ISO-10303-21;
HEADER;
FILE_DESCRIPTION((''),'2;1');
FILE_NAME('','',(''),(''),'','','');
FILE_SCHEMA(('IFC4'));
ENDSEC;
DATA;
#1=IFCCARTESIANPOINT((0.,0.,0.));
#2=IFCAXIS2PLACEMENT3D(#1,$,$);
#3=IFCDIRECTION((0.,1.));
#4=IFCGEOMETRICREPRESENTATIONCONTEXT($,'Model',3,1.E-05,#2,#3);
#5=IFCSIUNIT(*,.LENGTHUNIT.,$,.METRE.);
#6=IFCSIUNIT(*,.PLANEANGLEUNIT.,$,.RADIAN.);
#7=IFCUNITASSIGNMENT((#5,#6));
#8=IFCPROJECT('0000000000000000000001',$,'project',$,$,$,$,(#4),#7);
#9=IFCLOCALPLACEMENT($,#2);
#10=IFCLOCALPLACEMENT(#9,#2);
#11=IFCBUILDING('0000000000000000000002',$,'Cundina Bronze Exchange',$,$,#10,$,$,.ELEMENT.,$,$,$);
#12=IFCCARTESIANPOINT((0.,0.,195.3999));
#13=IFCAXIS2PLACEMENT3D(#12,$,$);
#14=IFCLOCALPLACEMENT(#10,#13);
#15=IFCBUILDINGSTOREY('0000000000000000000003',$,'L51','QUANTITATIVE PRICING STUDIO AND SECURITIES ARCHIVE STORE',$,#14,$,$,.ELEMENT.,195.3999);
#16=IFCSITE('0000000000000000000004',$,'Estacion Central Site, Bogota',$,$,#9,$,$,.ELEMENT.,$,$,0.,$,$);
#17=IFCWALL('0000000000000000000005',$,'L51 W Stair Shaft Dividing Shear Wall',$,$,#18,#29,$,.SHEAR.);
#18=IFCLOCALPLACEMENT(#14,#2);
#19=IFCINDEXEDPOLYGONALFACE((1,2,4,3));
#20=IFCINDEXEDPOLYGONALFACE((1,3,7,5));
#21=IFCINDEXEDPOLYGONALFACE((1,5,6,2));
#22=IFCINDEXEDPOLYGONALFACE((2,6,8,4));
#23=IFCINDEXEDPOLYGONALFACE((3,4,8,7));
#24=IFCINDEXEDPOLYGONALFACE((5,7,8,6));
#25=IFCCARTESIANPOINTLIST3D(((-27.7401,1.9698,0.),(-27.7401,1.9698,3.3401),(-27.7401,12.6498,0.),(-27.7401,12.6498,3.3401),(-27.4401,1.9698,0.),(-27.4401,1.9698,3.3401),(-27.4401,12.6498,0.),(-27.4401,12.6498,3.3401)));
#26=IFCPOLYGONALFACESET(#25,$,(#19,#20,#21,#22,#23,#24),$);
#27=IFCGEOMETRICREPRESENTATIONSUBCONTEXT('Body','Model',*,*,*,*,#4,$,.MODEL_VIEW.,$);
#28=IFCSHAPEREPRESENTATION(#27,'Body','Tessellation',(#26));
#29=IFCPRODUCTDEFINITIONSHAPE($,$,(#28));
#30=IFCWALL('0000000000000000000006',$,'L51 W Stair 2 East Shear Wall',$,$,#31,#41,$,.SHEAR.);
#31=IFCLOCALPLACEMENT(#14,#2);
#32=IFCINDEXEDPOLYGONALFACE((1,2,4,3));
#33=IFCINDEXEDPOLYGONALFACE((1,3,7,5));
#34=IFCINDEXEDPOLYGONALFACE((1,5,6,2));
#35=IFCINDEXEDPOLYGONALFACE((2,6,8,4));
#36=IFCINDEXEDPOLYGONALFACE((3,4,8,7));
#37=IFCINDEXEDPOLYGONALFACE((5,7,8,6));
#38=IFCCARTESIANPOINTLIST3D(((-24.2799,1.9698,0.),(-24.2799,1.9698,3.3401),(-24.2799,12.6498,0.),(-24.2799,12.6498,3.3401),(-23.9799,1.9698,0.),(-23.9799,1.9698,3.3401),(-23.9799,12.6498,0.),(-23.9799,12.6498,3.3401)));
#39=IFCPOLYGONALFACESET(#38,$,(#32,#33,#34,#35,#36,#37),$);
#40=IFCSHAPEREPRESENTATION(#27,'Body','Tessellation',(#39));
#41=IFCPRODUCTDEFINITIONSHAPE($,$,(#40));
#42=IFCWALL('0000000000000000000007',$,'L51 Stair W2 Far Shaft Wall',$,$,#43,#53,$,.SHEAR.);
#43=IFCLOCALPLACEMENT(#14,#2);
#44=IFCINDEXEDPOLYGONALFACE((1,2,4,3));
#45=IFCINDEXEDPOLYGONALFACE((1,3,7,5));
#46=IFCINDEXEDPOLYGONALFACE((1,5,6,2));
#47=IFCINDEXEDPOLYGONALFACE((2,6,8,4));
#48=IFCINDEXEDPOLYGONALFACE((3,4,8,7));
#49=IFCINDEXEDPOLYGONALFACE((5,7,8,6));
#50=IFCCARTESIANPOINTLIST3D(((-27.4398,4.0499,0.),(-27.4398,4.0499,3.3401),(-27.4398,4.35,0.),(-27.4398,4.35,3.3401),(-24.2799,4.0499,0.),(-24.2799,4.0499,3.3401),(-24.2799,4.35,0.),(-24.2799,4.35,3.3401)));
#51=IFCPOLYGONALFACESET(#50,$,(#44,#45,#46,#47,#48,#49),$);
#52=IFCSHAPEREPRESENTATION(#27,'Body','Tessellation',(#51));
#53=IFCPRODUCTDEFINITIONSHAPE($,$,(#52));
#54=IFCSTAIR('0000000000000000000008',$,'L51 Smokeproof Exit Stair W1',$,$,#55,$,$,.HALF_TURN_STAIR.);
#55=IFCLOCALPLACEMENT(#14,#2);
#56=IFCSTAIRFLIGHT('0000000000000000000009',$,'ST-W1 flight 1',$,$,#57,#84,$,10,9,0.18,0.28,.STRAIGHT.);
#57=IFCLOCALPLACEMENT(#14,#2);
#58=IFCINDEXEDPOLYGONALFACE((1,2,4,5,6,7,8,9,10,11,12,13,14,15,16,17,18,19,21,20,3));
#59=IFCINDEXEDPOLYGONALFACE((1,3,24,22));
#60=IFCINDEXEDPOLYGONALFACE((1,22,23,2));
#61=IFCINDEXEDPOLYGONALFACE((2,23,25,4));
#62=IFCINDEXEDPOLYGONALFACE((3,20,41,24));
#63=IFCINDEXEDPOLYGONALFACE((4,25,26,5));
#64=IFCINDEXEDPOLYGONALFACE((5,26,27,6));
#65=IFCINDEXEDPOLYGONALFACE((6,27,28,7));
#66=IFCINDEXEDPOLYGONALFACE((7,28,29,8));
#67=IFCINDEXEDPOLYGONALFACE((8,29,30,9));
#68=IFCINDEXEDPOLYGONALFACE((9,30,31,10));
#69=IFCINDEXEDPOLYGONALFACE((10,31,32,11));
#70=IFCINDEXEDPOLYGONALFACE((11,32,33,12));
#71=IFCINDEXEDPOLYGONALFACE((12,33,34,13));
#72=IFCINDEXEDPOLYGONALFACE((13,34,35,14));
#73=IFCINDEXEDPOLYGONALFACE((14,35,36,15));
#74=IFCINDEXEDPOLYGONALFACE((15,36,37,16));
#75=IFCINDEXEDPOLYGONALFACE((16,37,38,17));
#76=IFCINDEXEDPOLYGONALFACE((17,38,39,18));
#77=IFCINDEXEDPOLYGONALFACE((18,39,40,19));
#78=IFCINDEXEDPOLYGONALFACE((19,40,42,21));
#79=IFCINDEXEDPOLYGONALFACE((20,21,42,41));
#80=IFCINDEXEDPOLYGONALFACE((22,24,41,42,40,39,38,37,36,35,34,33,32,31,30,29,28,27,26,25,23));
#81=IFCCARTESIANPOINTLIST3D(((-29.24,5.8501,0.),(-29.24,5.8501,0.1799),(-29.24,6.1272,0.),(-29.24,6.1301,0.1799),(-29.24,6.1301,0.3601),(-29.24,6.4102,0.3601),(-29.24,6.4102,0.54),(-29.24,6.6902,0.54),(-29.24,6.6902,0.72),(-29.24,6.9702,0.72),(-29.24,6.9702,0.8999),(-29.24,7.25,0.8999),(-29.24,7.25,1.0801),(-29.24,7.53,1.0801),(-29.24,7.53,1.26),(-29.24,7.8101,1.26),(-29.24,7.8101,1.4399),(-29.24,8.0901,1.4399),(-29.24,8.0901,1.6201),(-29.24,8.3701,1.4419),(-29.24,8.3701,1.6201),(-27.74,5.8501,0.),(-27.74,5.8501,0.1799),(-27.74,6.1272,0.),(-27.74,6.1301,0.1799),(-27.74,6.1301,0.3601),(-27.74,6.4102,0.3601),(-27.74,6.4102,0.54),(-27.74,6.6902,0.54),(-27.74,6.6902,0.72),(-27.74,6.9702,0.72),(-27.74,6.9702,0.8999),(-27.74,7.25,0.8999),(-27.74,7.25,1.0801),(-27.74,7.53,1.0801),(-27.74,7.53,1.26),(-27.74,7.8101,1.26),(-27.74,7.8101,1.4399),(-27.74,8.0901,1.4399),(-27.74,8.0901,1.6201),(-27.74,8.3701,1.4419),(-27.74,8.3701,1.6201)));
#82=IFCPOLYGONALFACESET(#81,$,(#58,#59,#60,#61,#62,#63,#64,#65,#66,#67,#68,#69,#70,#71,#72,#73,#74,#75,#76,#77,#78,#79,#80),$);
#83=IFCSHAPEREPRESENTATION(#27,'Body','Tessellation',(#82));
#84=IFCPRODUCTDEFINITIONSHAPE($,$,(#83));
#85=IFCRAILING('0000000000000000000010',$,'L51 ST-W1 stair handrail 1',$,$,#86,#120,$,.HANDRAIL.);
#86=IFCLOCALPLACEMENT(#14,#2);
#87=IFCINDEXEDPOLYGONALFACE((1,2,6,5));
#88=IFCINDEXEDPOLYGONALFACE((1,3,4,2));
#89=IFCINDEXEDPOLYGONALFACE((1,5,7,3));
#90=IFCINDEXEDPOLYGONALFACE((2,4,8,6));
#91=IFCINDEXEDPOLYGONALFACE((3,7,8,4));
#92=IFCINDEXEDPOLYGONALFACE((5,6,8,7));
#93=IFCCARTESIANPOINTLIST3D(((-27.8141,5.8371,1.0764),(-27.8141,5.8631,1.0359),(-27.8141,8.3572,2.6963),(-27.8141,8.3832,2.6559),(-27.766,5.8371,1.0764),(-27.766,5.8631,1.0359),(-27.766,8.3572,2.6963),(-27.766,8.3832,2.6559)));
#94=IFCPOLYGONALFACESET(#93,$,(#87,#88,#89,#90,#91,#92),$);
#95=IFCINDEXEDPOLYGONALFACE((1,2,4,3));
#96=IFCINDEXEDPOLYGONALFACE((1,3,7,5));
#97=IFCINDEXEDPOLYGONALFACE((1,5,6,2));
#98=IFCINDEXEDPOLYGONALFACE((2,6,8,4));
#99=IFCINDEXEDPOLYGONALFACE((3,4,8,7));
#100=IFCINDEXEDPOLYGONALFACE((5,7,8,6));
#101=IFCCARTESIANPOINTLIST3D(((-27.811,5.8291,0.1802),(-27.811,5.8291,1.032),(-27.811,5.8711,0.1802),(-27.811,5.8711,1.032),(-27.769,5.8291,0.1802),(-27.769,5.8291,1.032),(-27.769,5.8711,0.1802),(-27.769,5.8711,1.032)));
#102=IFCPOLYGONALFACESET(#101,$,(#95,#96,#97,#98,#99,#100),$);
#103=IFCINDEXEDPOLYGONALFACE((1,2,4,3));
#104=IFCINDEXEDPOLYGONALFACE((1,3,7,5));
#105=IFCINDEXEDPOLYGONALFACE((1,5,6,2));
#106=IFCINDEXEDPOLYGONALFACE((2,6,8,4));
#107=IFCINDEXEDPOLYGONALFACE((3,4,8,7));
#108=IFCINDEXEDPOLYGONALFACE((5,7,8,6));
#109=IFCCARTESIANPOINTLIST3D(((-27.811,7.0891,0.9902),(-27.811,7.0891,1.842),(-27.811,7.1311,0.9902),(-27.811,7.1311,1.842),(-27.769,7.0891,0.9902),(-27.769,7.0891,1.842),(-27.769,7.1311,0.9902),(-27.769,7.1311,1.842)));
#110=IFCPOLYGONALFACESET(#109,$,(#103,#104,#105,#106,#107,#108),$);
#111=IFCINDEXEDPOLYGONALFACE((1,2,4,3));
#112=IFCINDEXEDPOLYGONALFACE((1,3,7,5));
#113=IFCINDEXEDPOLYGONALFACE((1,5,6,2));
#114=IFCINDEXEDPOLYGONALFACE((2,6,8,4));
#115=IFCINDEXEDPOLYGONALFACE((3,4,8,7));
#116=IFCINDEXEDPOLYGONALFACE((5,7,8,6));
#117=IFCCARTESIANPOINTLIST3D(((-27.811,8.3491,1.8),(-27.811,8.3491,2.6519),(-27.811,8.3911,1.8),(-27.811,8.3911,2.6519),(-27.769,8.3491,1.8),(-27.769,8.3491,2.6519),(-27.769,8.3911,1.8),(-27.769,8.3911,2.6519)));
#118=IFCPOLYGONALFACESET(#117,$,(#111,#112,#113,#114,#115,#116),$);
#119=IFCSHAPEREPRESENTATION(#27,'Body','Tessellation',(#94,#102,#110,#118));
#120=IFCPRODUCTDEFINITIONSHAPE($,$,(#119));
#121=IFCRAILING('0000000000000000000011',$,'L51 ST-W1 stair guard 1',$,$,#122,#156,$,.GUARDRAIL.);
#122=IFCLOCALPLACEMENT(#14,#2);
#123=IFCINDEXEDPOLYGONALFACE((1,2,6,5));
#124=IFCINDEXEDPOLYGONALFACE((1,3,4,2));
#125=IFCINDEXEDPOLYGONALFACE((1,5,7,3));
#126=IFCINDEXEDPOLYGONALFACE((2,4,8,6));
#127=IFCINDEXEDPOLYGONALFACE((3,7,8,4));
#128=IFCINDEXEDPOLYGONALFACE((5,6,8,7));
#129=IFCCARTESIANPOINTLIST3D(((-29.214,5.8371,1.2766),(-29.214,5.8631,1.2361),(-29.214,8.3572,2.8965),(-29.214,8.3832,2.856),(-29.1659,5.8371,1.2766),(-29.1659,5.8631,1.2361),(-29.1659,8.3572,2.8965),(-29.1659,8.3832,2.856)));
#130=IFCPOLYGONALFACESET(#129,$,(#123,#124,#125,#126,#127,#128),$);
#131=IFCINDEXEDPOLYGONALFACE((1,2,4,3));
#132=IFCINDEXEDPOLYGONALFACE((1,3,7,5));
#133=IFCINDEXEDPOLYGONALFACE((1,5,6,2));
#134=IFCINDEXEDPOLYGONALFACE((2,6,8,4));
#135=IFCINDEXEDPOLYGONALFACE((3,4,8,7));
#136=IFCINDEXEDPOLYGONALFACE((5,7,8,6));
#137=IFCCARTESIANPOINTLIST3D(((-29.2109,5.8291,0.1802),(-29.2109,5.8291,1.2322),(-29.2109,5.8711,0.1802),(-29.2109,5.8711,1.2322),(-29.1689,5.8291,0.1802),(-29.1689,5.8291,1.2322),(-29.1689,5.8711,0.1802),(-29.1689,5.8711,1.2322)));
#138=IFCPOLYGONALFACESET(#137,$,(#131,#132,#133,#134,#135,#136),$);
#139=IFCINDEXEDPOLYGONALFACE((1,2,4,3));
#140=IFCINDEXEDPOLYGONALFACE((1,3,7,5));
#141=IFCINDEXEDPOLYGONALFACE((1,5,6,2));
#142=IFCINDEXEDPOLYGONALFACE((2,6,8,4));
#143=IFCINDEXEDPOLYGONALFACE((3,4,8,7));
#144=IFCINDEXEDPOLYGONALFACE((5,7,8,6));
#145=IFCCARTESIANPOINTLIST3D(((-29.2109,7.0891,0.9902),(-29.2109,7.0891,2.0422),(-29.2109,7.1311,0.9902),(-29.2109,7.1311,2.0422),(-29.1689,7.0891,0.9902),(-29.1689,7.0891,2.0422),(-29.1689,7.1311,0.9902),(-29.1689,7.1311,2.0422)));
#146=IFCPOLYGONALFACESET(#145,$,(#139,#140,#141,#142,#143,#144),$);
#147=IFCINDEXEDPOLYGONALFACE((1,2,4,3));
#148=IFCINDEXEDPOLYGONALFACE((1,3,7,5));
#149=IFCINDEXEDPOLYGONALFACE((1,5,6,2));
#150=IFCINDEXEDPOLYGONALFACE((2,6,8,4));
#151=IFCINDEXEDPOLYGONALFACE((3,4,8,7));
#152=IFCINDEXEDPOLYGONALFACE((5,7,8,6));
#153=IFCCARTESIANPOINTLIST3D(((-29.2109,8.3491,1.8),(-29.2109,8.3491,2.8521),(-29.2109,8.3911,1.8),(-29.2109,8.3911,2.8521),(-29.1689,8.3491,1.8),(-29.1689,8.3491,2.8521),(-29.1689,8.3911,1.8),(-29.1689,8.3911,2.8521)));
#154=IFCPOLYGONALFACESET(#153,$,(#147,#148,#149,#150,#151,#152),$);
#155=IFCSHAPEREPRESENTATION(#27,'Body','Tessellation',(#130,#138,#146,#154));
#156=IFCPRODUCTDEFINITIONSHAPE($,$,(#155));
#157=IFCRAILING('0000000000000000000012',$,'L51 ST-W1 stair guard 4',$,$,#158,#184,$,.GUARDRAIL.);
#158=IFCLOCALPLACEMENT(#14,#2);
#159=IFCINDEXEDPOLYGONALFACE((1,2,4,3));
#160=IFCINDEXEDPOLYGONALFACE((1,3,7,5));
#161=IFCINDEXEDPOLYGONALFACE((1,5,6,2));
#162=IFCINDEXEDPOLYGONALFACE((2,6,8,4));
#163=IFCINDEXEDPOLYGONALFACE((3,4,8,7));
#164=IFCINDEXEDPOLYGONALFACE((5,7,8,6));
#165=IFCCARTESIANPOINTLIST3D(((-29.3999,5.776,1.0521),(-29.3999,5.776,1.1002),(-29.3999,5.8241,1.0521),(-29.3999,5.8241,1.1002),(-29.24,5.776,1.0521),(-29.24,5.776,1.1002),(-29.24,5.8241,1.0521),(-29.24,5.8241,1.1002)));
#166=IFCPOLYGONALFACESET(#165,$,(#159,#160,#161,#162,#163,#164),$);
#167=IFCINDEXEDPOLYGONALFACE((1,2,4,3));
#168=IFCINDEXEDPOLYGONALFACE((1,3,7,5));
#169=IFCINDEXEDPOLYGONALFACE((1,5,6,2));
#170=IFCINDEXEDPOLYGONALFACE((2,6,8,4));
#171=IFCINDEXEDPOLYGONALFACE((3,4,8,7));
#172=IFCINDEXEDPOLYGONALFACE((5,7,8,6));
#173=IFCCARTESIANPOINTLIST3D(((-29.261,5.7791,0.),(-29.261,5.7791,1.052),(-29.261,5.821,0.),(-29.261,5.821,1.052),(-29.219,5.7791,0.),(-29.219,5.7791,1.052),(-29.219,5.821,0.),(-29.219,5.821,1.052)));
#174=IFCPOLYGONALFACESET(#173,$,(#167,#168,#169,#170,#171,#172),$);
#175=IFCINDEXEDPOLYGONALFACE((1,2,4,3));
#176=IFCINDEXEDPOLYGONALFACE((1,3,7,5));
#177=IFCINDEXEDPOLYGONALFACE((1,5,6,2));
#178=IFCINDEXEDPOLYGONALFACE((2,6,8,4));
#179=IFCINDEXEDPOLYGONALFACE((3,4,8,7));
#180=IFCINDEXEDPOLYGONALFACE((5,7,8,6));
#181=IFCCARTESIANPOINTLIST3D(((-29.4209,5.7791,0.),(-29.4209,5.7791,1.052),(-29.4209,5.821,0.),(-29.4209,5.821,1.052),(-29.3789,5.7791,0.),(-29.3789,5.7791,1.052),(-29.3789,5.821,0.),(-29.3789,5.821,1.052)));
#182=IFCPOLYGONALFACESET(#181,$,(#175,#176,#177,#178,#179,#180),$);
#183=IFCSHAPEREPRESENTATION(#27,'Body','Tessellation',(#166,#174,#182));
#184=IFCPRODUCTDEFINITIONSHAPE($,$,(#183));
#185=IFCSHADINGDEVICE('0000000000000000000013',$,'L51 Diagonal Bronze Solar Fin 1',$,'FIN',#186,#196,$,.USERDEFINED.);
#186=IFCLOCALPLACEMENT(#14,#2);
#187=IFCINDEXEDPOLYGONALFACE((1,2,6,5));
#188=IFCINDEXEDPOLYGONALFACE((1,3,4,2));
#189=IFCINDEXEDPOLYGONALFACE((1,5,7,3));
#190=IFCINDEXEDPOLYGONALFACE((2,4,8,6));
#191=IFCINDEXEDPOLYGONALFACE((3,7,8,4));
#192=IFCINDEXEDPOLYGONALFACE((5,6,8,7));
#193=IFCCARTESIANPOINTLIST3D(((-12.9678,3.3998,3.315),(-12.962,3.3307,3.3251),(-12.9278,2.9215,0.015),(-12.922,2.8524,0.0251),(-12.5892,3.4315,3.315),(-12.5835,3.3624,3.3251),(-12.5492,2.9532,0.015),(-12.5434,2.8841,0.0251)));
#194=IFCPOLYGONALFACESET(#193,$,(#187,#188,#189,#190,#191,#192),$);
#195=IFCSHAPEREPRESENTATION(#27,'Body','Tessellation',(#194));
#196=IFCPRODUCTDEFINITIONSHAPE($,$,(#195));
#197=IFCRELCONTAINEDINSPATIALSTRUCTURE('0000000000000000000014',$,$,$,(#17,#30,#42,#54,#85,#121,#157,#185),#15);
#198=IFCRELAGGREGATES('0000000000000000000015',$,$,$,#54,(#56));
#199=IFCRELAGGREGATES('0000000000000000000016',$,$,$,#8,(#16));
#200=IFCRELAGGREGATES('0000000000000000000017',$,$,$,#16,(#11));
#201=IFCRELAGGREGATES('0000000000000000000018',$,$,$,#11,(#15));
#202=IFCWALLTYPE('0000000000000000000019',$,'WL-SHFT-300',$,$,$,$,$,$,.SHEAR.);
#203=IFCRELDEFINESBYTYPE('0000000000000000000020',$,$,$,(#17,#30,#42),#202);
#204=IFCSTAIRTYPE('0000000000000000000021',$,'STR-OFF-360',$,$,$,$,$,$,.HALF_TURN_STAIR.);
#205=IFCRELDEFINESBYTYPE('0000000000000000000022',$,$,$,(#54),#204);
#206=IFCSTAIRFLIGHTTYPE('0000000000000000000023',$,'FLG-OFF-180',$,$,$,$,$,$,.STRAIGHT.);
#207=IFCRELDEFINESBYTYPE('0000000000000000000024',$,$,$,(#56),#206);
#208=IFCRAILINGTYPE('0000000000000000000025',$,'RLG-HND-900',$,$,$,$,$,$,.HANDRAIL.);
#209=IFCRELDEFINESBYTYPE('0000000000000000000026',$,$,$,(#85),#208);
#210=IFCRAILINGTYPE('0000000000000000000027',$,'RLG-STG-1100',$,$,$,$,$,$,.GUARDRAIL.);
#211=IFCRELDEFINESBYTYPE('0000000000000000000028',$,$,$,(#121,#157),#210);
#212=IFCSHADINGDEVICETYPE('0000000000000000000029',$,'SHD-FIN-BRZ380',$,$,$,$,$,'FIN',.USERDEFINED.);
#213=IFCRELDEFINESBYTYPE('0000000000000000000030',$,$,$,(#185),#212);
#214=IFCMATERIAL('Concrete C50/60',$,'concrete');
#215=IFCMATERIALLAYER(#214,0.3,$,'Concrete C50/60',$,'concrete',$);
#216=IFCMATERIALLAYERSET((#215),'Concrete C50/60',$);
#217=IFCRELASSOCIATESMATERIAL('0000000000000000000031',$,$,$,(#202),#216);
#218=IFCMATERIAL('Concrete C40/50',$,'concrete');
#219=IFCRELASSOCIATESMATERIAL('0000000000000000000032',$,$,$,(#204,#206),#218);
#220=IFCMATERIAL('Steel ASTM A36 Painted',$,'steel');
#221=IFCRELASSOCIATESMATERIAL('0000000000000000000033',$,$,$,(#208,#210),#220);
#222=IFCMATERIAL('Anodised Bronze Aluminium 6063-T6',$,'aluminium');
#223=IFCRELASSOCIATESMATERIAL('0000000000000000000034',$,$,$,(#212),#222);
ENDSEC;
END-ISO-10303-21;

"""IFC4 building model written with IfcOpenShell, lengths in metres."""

from ifc_helpers import new_model, si_unit, direction, frame, frame_2d, origin, origin_2d, place, context, subcontext, project, spatial, polyline, rectangle, outline, extrude, material, layer, layer_set, material_profile, profile_set, type_object, element, aggregate, save


model = new_model("IFC4")

# Units and contexts
model_context = context("Model", 3, precision=1e-05, world=origin(), true_north=direction((0.0, 1.0)))
body_context = subcontext(model_context, "Body", "Model", "MODEL_VIEW")
ifc_project = project(units=[si_unit("LENGTHUNIT", "METRE"), si_unit("PLANEANGLEUNIT", "RADIAN")], contexts=[model_context])

# Site, building, storey
site_placement = place(None, origin())
site = spatial("IfcSite", under=ifc_project, at=site_placement, Name="Estacion Central Site, Bogota", CompositionType="ELEMENT", RefElevation=0.0)
building_placement = place(site_placement, origin())
building = spatial("IfcBuilding", under=site, at=building_placement, Name="Cundina Bronze Exchange", CompositionType="ELEMENT")
storey_placement = place(building_placement, frame((0.0, 0.0, 195.3999)))
storey = spatial("IfcBuildingStorey", under=building, at=storey_placement, Name="L51", Description="QUANTITATIVE PRICING STUDIO AND SECURITIES ARCHIVE STORE", CompositionType="ELEMENT", Elevation=195.3999)

# Shared definitions
ifc_material_1 = material(Name="Concrete C50/60", Category="concrete")

# Shared definitions
ifc_material_2 = material(Name="Anodised Bronze Aluminium 6063-T6", Category="aluminium")

# Shared definitions
ifc_material_3 = material(Name="Steel ASTM A36 Painted", Category="steel")

# Walls
ifc_layer_1 = layer(ifc_material_1, 0.3, Name="Concrete C50/60", Category="concrete")
ifc_layer_set_1 = layer_set([ifc_layer_1], Name="Concrete C50/60")
wall_type_1 = type_object("IfcWallType", Name="WL-SHFT-300", PredefinedType="SHEAR", material=ifc_layer_set_1)
for number, where, z_axis, x_axis, name in (
    (1, (-27.5901, 1.97, 0.0), (0.0, 0.0, 1.0), (0.0, 1.0, 0.0), "L51 W Stair Shaft Dividing Shear Wall"),
    (2, (-24.1299, 1.97, 0.0), (0.0, 0.0, 1.0), (0.0, 1.0, 0.0), "L51 W Stair 2 East Shear Wall"),
):
    element("IfcWall", number, at=place(storey_placement, frame(where, z_axis=z_axis, x_axis=x_axis)), inside=storey, type_object=wall_type_1, Name=name, PredefinedType="SHEAR", context=body_context, shape_type="SweptSolid", body=[
        extrude(rectangle(XDim=10.6799, YDim=0.3, at=frame_2d((5.3398, 0.0))), origin(), (0.0, 0.0, 1.0), 3.3401),
    ])
wall_1_placement = place(storey_placement, frame((-27.4399, 4.2, 0.0), z_axis=(0.0, 0.0, 1.0), x_axis=(1.0, 0.0, 0.0)))
element("IfcWall", 3, at=wall_1_placement, inside=storey, type_object=wall_type_1, Name="L51 Stair W2 Far Shaft Wall", PredefinedType="SHEAR", context=body_context, shape_type="SweptSolid", body=[
    extrude(rectangle(XDim=3.1599, YDim=0.3, at=frame_2d((1.5801, 0.0))), origin(), (0.0, 0.0, 1.0), 3.3401),
])

# Stair, stair flight
ifc_material_4 = material(Name="Concrete C40/50", Category="concrete")
stair_type = type_object("IfcStairType", Name="STR-OFF-360", PredefinedType="HALF_TURN_STAIR", material=ifc_material_4)
stair_placement = place(storey_placement, origin())
stair = element("IfcStair", 4, at=stair_placement, inside=storey, type_object=stair_type, Name="L51 Smokeproof Exit Stair W1", PredefinedType="HALF_TURN_STAIR")
stair_flight_type = type_object("IfcStairFlightType", Name="FLG-OFF-180", PredefinedType="STRAIGHT", material=ifc_material_4)
stair_flight_placement = place(storey_placement, frame((-28.49, 5.8501, 0.0), z_axis=(0.0, 0.0, 1.0), x_axis=(0.0, 1.0, 0.0)))
stair_flight = element("IfcStairFlight", 5, at=stair_flight_placement, type_object=stair_flight_type, Name="ST-W1 flight 1", NumberOfRisers=10, NumberOfTreads=9, PredefinedType="STRAIGHT", RiserHeight=0.18, TreadLength=0.28, context=body_context, shape_type="SweptSolid", body=[
    extrude(outline(polyline([(0.0, 0.0), (0.0, 0.1799), (0.28, 0.1799), (0.28, 0.3601), (0.5601, 0.3601), (0.5601, 0.54), (0.8401, 0.54), (0.8401, 0.72), (1.1201, 0.72), (1.1201, 0.8999), (1.3999, 0.8999), (1.3999, 1.0801), (1.6799, 1.0801), (1.6799, 1.26), (1.96, 1.26), (1.96, 1.4399), (2.24, 1.4399), (2.24, 1.6201), (2.52, 1.6201), (2.52, 1.8), (2.52, 1.4419), (0.2771, 0.0), (0.0, 0.0)])), frame((0.0, 0.75, 0.0), z_axis=(0.0, -1.0, 0.0), x_axis=(1.0, 0.0, 0.0)), (0.0, 0.0, 1.0), 1.5),
])
aggregate(stair, [stair_flight])

# Railings
railing_type_1 = type_object("IfcRailingType", Name="RLG-HND-900", PredefinedType="HANDRAIL", material=ifc_material_3)
railing_1_placement = place(storey_placement, frame((-27.79, 5.8501, 0.1802)))
element("IfcRailing", 6, at=railing_1_placement, inside=storey, type_object=railing_type_1, Name="L51 ST-W1 stair handrail 1", PredefinedType="HANDRAIL", context=body_context, shape_type="SweptSolid", body=[
    extrude(rectangle(XDim=0.0481, YDim=0.0481, at=origin_2d()), frame((0.0, 0.0, 0.876), z_axis=(0.0, 0.8412, 0.540725), x_axis=(-1.0, 0.0, 0.0)), (0.0, 0.0, 1.0), 2.9958),
    extrude(rectangle(XDim=0.042, YDim=0.042, at=origin_2d()), origin(), (0.0, 0.0, 1.0), 0.8518),
    extrude(rectangle(XDim=0.042, YDim=0.042, at=origin_2d()), frame((0.0, 1.26, 0.8101)), (0.0, 0.0, 1.0), 0.8518),
    extrude(rectangle(XDim=0.042, YDim=0.042, at=origin_2d()), frame((0.0, 2.52, 1.6199)), (0.0, 0.0, 1.0), 0.8518),
])
railing_type_2 = type_object("IfcRailingType", Name="RLG-STG-1100", PredefinedType="GUARDRAIL", material=ifc_material_3)
railing_2_placement = place(storey_placement, frame((-29.1899, 5.8501, 0.1802)))
element("IfcRailing", 7, at=railing_2_placement, inside=storey, type_object=railing_type_2, Name="L51 ST-W1 stair guard 1", PredefinedType="GUARDRAIL", context=body_context, shape_type="SweptSolid", body=[
    extrude(rectangle(XDim=0.0481, YDim=0.0481, at=origin_2d()), frame((0.0, 0.0, 1.0762), z_axis=(0.0, 0.8412, 0.540725), x_axis=(-1.0, 0.0, 0.0)), (0.0, 0.0, 1.0), 2.9958),
    extrude(rectangle(XDim=0.042, YDim=0.042, at=origin_2d()), origin(), (0.0, 0.0, 1.0), 1.052),
    extrude(rectangle(XDim=0.042, YDim=0.042, at=origin_2d()), frame((0.0, 1.26, 0.8101)), (0.0, 0.0, 1.0), 1.052),
    extrude(rectangle(XDim=0.042, YDim=0.042, at=origin_2d()), frame((0.0, 2.52, 1.6199)), (0.0, 0.0, 1.0), 1.052),
])
railing_3_placement = place(storey_placement, frame((-29.24, 5.8, 0.0)))
element("IfcRailing", 8, at=railing_3_placement, inside=storey, type_object=railing_type_2, Name="L51 ST-W1 stair guard 4", PredefinedType="GUARDRAIL", context=body_context, shape_type="SweptSolid", body=[
    extrude(rectangle(XDim=0.0481, YDim=0.0481, at=origin_2d()), frame((0.0, 0.0, 1.0762), z_axis=(-1.0, 0.0, 0.0), x_axis=(0.0, -1.0, 0.0)), (0.0, 0.0, 1.0), 0.1599),
    extrude(rectangle(XDim=0.042, YDim=0.042, at=origin_2d()), origin(), (0.0, 0.0, 1.0), 1.052),
    extrude(rectangle(XDim=0.042, YDim=0.042, at=origin_2d()), frame((-0.1599, 0.0, 0.0)), (0.0, 0.0, 1.0), 1.052),
])

# Shading device
ifc_material_profile_1 = material_profile(ifc_material_2, rectangle(XDim=0.0701, YDim=0.3799, at=origin_2d()), Name="FIN70X380", Category="aluminium")
ifc_profile_set_1 = profile_set([ifc_material_profile_1], Name="Anodised Bronze Aluminium 6063-T6")
shading_device_type = type_object("IfcShadingDeviceType", Name="SHD-FIN-BRZ380", ElementType="FIN", PredefinedType="USERDEFINED", material=ifc_profile_set_1)
shading_device_placement = place(storey_placement, frame((-12.7356, 2.9028, 0.02), z_axis=(-0.012007, 0.14342, 0.989589), x_axis=(0.082556, -0.98614, 0.143921)))
element("IfcShadingDevice", 9, at=shading_device_placement, inside=storey, type_object=shading_device_type, Name="L51 Diagonal Bronze Solar Fin 1", ObjectType="FIN", PredefinedType="USERDEFINED", context=body_context, shape_type="SweptSolid", body=[
    extrude(rectangle(XDim=0.0701, YDim=0.3799, at=origin_2d()), origin(), (0.0, 0.0, 1.0), 3.3347),
])

save(model, "model.ifc")
